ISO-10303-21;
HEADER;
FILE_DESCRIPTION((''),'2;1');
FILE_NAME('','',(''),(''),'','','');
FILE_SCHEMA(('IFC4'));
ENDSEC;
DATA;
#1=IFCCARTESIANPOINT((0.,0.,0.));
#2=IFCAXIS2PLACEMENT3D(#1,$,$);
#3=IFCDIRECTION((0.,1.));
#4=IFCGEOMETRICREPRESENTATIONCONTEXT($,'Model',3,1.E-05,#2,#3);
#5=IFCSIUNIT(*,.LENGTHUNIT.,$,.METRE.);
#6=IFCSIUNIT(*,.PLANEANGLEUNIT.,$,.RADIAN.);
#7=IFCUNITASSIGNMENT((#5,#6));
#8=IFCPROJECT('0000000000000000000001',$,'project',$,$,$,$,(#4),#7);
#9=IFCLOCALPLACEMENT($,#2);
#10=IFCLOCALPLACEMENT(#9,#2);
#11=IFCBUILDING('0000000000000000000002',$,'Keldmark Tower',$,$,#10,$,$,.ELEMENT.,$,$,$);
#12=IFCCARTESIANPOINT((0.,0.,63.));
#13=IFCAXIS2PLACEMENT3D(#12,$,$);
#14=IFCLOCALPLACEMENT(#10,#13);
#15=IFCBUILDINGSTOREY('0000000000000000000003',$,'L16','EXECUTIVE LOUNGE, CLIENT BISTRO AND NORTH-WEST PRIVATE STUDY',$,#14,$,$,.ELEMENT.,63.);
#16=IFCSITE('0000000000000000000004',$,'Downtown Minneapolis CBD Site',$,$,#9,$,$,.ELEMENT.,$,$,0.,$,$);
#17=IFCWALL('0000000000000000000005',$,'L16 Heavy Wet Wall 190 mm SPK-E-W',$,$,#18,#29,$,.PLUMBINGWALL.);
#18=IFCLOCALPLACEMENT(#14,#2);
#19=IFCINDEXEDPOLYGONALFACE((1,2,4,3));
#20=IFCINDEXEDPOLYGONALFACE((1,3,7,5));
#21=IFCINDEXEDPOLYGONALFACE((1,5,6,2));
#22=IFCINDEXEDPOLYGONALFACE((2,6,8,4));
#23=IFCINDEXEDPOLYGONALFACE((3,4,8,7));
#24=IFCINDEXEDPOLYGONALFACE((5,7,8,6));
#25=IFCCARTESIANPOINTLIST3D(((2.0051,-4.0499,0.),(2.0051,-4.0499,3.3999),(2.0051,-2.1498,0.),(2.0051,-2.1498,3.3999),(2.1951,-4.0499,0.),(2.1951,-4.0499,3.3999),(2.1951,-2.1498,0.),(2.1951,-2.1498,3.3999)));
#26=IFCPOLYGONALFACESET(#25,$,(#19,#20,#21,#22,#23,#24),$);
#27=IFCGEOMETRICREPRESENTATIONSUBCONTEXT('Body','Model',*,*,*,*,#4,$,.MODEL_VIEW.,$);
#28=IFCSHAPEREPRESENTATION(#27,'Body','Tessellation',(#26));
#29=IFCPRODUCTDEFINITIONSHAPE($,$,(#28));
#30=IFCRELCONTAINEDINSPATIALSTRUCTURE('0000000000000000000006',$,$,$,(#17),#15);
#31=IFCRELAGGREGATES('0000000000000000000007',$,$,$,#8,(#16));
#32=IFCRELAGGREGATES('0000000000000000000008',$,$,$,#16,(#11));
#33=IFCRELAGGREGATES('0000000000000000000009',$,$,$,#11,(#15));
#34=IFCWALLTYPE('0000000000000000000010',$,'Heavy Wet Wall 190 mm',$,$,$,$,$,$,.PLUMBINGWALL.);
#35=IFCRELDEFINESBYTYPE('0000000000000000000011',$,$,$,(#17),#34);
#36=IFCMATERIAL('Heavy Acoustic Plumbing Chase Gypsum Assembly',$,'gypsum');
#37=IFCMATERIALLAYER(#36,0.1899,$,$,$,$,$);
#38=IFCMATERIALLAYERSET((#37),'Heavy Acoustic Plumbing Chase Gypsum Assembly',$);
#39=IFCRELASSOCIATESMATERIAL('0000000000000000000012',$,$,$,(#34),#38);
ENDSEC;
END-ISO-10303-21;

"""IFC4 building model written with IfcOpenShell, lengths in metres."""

from ifc_helpers import new_model, si_unit, direction, frame, frame_2d, origin, place, context, subcontext, project, spatial, rectangle, extrude, material, layer, layer_set, type_object, element, save


model = new_model("IFC4")

# Units and contexts
model_context = context("Model", 3, precision=1e-05, world=origin(), true_north=direction((0.0, 1.0)))
body_context = subcontext(model_context, "Body", "Model", "MODEL_VIEW")
ifc_project = project(units=[si_unit("LENGTHUNIT", "METRE"), si_unit("PLANEANGLEUNIT", "RADIAN")], contexts=[model_context])

# Site, building, storey
site_placement = place(None, origin())
site = spatial("IfcSite", under=ifc_project, at=site_placement, Name="Downtown Minneapolis CBD Site", CompositionType="ELEMENT", RefElevation=0.0)
building_placement = place(site_placement, origin())
building = spatial("IfcBuilding", under=site, at=building_placement, Name="Keldmark Tower", CompositionType="ELEMENT")
storey_placement = place(building_placement, frame((0.0, 0.0, 63.0)))
storey = spatial("IfcBuildingStorey", under=building, at=storey_placement, Name="L16", Description="EXECUTIVE LOUNGE, CLIENT BISTRO AND NORTH-WEST PRIVATE STUDY", CompositionType="ELEMENT", Elevation=63.0)

# Shared definitions
ifc_material_1 = material(Name="Heavy Acoustic Plumbing Chase Gypsum Assembly", Category="gypsum")
ifc_layer = layer(ifc_material_1, 0.1899)
ifc_layer_set = layer_set([ifc_layer], Name="Heavy Acoustic Plumbing Chase Gypsum Assembly")
wall_type = type_object("IfcWallType", Name="Heavy Wet Wall 190 mm", PredefinedType="PLUMBINGWALL", material=ifc_layer_set)

# Wall
wall_1_placement = place(storey_placement, frame((2.1001, -4.05, 0.0), z_axis=(0.0, 0.0, 1.0), x_axis=(0.0, 1.0, 0.0)))
element("IfcWall", 1, at=wall_1_placement, inside=storey, type_object=wall_type, Name="L16 Heavy Wet Wall 190 mm SPK-E-W", PredefinedType="PLUMBINGWALL", context=body_context, shape_type="SweptSolid", body=[
    extrude(rectangle(XDim=1.9001, YDim=0.1899, at=frame_2d((0.9502, 0.0))), origin(), (0.0, 0.0, 1.0), 3.3999),
])

save(model, "model.ifc")
